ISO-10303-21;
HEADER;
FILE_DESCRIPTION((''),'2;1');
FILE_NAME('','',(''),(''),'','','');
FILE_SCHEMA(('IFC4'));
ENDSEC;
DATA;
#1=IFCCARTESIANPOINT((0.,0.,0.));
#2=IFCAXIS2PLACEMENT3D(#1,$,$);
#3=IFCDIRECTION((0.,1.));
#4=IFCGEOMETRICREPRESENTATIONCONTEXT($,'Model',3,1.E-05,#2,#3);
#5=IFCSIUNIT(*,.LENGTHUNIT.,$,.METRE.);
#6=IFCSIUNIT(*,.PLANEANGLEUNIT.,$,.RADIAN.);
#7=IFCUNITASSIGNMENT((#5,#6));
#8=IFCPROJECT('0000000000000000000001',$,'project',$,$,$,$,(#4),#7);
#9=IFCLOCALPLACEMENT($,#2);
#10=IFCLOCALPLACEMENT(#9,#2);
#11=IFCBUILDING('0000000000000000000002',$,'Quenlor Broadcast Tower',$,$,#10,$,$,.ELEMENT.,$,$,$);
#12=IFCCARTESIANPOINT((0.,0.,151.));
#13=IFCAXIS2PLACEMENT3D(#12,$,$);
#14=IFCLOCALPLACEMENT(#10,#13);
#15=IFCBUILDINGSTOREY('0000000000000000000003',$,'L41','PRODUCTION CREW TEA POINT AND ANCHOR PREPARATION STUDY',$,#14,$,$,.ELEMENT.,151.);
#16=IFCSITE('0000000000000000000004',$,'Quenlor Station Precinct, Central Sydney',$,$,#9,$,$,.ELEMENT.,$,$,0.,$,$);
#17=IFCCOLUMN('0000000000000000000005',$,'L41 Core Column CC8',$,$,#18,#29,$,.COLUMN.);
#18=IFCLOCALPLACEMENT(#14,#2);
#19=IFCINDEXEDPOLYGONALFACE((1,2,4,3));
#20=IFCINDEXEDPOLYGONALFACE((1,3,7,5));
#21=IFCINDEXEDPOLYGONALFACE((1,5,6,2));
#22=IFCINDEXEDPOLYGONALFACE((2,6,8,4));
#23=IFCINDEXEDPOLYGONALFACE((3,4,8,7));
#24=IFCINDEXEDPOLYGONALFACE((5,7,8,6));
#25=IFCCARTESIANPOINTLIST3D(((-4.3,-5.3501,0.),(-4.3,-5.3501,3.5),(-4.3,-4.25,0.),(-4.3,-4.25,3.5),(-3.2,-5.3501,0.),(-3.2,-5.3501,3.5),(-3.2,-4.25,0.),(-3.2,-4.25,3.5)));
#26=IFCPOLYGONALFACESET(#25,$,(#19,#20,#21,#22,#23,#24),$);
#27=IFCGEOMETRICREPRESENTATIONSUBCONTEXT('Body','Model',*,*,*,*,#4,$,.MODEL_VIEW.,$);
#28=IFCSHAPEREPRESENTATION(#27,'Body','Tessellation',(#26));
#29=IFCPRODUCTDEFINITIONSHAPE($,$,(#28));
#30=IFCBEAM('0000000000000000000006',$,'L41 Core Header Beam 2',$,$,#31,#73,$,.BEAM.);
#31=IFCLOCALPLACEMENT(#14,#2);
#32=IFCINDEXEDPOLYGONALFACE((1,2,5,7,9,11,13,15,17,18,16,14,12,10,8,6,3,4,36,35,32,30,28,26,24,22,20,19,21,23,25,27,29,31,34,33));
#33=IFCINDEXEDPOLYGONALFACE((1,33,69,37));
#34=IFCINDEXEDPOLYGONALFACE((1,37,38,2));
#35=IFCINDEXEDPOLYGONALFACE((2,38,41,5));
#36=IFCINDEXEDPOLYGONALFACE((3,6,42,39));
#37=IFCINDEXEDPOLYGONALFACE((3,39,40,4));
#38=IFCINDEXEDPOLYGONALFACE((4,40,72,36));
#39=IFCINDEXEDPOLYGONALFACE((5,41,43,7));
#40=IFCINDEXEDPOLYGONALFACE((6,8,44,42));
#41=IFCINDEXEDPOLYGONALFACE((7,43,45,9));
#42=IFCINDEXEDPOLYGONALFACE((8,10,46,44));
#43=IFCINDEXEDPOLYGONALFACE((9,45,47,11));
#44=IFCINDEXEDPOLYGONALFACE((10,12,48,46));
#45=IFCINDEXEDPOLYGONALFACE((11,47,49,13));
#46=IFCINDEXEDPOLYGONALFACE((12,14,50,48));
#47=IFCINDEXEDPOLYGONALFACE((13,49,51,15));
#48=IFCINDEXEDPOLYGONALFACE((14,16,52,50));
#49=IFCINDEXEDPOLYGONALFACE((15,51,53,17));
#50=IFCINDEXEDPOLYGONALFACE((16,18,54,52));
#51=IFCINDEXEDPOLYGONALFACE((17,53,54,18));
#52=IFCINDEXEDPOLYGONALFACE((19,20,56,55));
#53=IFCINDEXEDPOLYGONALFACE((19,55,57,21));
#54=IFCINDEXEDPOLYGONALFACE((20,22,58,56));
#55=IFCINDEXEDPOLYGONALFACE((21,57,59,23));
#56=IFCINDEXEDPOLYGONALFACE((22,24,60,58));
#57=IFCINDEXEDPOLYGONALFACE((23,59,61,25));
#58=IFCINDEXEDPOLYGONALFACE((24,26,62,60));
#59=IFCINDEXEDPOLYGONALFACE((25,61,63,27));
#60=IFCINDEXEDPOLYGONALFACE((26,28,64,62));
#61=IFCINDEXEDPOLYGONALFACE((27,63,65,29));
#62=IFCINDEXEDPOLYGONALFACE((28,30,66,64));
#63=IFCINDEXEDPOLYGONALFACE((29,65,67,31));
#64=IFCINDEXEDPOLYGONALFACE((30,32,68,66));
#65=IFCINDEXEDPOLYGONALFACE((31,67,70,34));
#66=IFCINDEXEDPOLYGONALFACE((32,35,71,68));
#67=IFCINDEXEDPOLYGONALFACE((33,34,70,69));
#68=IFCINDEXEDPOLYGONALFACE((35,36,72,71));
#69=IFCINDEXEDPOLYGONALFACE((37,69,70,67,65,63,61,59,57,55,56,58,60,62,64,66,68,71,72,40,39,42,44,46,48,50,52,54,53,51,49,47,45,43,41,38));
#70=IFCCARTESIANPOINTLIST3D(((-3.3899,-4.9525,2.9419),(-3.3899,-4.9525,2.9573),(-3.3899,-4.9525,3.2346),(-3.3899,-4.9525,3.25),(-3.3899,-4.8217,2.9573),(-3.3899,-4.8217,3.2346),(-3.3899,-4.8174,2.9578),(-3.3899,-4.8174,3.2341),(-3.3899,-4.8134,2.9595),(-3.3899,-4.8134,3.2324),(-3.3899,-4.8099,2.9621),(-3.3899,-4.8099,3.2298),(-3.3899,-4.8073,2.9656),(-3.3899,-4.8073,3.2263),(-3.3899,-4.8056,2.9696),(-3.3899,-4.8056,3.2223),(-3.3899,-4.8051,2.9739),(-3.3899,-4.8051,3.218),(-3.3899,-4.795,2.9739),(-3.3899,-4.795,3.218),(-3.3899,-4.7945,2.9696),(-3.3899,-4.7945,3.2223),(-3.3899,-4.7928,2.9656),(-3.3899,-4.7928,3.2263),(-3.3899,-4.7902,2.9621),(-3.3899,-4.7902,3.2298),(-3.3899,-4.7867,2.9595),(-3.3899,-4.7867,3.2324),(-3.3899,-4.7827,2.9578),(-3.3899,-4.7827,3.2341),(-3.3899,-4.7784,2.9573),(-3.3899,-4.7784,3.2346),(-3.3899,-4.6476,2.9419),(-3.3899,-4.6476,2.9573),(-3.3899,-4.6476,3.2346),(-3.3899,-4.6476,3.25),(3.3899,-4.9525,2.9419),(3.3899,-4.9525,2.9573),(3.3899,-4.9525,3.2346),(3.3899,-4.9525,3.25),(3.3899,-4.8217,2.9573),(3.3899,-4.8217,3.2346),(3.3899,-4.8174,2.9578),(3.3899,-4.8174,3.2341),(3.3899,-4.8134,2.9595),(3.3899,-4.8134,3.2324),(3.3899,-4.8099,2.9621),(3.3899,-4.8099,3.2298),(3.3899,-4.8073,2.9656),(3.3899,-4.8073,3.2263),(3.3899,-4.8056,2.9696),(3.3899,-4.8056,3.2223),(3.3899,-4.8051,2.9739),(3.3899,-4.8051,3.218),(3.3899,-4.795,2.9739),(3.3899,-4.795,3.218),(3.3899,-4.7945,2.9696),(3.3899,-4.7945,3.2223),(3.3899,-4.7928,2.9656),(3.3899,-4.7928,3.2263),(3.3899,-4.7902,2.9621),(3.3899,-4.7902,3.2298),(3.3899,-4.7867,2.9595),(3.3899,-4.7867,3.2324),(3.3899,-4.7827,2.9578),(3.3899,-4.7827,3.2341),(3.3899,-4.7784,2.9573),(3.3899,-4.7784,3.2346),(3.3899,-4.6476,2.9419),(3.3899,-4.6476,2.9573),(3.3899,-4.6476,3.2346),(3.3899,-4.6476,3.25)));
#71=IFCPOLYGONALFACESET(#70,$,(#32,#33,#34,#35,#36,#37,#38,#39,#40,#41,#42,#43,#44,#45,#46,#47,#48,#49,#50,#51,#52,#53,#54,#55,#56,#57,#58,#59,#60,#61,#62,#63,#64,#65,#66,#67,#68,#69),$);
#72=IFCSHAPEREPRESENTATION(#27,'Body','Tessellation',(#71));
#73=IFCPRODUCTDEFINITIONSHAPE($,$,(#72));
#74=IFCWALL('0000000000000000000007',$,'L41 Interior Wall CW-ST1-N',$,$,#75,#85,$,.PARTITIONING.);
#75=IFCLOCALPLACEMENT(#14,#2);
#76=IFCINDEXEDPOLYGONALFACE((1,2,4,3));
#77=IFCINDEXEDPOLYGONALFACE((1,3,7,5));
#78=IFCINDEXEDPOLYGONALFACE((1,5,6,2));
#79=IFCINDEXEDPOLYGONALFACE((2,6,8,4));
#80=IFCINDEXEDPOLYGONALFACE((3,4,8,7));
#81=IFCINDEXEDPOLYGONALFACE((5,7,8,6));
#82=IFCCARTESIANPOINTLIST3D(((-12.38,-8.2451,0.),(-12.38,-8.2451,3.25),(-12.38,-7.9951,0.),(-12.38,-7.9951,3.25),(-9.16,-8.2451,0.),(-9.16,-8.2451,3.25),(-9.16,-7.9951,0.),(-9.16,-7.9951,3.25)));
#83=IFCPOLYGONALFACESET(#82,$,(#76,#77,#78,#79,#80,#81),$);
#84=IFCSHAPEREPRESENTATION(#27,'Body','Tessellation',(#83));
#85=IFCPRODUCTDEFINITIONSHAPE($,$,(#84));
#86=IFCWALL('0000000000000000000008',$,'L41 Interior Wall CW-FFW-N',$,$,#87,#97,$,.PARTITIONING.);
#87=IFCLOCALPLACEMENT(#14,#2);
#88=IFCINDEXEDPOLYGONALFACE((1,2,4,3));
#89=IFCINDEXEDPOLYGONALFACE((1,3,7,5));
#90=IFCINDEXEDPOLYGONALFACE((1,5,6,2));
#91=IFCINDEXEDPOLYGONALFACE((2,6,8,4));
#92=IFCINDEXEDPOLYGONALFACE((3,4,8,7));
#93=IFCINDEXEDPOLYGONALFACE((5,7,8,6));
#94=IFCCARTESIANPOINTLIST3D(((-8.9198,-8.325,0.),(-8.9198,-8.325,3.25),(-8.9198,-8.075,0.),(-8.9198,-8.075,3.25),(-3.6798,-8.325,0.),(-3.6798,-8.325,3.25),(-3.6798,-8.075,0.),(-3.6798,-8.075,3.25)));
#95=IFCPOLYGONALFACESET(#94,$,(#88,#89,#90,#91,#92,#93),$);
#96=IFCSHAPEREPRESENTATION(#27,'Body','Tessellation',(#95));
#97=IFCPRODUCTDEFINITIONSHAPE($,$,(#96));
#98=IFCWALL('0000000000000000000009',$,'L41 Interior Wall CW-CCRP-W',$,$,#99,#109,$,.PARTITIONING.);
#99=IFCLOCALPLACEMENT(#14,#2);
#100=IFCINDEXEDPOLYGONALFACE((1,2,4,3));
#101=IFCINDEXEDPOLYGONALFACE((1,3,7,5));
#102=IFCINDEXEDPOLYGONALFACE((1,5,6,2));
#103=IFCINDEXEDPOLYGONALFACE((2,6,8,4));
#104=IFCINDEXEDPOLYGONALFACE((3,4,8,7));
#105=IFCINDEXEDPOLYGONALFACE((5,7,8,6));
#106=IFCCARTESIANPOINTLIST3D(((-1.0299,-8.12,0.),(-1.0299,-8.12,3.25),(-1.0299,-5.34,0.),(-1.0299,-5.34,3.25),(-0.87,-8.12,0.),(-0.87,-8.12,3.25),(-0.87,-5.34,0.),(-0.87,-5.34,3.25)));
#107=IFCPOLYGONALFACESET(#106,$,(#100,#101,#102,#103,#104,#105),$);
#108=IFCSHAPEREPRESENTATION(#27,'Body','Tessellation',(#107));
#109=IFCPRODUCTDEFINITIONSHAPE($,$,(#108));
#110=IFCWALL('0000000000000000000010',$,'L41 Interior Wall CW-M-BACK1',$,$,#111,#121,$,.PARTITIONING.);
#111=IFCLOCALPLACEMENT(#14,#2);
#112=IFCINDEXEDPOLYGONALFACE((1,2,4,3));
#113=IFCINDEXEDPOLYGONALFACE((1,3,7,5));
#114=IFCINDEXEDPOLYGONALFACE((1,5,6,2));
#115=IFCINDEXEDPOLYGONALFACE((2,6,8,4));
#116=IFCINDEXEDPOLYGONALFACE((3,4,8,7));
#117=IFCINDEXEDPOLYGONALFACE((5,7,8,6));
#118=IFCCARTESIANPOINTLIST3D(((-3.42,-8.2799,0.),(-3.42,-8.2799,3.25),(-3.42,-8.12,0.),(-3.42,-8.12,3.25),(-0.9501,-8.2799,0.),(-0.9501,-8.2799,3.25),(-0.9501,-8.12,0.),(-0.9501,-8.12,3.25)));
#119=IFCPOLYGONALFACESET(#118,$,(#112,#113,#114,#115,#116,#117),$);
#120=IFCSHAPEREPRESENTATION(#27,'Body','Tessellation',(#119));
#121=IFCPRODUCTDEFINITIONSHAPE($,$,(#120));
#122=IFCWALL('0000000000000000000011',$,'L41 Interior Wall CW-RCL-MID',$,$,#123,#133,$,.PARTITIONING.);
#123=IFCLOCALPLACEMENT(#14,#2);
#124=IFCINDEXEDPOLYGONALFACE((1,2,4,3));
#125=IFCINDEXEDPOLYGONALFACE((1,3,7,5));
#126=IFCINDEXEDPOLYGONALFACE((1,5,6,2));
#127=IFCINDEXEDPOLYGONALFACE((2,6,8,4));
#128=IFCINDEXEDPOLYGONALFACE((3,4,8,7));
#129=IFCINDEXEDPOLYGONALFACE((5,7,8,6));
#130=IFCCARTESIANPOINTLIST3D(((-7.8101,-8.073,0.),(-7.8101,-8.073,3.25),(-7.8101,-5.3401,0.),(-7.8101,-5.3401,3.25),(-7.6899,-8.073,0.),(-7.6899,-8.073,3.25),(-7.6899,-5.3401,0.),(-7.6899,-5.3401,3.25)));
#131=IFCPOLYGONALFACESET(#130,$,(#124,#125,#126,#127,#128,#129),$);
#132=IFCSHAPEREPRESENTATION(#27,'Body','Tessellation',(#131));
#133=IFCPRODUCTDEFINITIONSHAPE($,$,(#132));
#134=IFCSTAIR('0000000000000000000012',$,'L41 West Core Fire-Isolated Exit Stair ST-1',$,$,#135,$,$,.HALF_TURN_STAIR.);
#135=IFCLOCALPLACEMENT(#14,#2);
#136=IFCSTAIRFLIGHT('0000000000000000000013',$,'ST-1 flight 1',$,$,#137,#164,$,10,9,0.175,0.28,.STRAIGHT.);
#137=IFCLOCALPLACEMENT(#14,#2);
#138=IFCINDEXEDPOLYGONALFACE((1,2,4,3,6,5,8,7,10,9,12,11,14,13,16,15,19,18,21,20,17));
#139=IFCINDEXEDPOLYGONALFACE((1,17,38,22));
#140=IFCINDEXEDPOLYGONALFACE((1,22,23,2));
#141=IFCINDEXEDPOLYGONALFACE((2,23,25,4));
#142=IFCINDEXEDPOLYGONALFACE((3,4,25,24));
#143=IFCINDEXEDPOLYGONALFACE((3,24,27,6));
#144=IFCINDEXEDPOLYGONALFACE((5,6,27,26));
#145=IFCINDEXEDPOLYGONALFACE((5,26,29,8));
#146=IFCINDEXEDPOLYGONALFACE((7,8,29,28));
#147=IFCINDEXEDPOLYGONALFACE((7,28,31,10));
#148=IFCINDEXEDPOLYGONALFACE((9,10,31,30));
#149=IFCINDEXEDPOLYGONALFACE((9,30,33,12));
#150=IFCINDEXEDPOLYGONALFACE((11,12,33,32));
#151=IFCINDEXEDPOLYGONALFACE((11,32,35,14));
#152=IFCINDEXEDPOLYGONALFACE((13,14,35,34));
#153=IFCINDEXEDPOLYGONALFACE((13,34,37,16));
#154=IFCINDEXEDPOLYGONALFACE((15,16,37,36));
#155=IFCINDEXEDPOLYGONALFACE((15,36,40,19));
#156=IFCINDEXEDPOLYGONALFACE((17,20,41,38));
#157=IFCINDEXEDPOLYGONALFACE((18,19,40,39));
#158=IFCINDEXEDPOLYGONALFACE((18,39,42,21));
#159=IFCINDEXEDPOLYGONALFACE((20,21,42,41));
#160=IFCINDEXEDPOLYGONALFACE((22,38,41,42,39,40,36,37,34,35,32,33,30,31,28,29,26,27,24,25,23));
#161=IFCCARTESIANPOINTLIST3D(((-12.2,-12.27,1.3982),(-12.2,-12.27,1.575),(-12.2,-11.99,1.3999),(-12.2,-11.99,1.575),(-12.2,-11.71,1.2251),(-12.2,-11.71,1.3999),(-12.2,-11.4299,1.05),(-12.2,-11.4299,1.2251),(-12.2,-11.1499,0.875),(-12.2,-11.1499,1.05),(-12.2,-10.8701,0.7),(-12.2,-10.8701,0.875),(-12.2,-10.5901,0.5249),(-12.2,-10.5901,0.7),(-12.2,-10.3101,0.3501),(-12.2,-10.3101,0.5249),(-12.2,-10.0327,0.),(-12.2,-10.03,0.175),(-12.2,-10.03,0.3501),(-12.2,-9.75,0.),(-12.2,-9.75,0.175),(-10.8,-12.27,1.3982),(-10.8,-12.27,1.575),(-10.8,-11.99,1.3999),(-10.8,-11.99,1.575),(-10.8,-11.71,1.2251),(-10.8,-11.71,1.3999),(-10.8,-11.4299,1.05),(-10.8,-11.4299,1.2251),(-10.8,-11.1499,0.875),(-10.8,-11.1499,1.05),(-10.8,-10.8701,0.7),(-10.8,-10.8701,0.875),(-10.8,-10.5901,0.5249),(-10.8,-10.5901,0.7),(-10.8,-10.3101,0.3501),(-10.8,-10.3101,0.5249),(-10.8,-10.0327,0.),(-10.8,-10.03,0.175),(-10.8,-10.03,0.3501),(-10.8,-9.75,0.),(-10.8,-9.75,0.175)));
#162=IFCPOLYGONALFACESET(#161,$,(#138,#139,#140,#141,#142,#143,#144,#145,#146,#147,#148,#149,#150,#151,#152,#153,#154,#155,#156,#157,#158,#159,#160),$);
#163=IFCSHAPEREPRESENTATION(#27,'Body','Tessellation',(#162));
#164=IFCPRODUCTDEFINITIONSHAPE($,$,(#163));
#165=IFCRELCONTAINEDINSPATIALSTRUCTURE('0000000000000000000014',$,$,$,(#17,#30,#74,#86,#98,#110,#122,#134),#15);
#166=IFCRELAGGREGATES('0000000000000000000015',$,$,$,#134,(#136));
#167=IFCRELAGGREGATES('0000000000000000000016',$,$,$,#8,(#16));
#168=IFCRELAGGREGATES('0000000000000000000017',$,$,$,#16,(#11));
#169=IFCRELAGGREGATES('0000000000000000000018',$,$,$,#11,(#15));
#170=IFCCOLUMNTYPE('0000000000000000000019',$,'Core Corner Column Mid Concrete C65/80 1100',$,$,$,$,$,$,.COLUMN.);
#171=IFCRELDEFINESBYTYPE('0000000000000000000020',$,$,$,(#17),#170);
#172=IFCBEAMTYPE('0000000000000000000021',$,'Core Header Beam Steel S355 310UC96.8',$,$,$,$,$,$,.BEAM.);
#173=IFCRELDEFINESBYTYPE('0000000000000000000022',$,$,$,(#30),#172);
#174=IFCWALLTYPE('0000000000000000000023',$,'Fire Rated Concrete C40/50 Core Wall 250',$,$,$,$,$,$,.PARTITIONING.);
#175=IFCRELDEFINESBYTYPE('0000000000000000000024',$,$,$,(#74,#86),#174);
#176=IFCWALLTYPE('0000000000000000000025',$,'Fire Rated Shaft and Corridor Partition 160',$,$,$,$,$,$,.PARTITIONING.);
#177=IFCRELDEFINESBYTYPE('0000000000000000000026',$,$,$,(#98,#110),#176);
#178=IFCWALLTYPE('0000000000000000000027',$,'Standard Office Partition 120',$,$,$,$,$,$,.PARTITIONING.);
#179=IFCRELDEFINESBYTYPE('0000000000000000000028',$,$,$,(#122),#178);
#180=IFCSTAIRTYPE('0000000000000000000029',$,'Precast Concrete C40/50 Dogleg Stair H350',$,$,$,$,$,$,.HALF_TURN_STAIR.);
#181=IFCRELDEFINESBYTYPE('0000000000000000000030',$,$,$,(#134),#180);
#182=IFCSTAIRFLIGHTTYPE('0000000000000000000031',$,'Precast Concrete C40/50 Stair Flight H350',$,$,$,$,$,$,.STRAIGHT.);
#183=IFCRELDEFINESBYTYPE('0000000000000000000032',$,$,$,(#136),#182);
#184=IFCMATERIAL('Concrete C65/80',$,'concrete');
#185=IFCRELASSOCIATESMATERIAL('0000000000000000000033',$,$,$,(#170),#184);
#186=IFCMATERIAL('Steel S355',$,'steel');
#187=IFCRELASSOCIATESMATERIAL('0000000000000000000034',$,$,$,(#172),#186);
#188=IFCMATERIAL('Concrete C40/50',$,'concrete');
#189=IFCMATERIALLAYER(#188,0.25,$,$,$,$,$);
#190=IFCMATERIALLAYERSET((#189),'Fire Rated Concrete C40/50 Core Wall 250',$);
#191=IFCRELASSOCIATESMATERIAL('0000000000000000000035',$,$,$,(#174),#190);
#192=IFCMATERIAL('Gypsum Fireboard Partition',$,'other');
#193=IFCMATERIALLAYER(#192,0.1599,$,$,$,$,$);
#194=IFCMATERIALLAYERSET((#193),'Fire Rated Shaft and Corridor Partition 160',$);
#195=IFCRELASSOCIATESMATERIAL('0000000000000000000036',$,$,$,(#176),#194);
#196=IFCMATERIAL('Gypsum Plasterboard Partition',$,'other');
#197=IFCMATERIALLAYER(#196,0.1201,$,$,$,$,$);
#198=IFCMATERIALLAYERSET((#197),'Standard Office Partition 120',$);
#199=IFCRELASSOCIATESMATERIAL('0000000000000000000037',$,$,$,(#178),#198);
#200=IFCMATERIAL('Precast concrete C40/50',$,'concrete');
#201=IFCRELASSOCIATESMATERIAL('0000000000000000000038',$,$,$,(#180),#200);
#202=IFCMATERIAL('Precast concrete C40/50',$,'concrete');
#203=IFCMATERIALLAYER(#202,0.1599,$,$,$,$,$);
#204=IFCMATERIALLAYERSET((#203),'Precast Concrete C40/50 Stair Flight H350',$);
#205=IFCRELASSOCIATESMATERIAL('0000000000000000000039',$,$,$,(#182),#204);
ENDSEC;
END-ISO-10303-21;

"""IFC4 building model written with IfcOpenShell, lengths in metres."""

from ifc_helpers import new_model, si_unit, direction, frame, frame_2d, origin, origin_2d, place, context, subcontext, project, spatial, polyline, rectangle, i_section, outline, extrude, material, layer, layer_set, material_profile, profile_set, type_object, element, aggregate, save


model = new_model("IFC4")

# Units and contexts
model_context = context("Model", 3, precision=1e-05, world=origin(), true_north=direction((0.0, 1.0)))
body_context = subcontext(model_context, "Body", "Model", "MODEL_VIEW")
ifc_project = project(units=[si_unit("LENGTHUNIT", "METRE"), si_unit("PLANEANGLEUNIT", "RADIAN")], contexts=[model_context])

# Site, building, storey
site_placement = place(None, origin())
site = spatial("IfcSite", under=ifc_project, at=site_placement, Name="Quenlor Station Precinct, Central Sydney", CompositionType="ELEMENT", RefElevation=0.0)
building_placement = place(site_placement, origin())
building = spatial("IfcBuilding", under=site, at=building_placement, Name="Quenlor Broadcast Tower", CompositionType="ELEMENT")
storey_placement = place(building_placement, frame((0.0, 0.0, 151.0)))
storey = spatial("IfcBuildingStorey", under=building, at=storey_placement, Name="L41", Description="PRODUCTION CREW TEA POINT AND ANCHOR PREPARATION STUDY", CompositionType="ELEMENT", Elevation=151.0)

# Column
ifc_material_1 = material(Name="Concrete C65/80", Category="concrete")
ifc_material_profile_1 = material_profile(ifc_material_1, rectangle(XDim=1.1001, YDim=1.1001, at=origin_2d()))
ifc_profile_set_1 = profile_set([ifc_material_profile_1], Name="Concrete C65/80 RC1100x1100")
column_type = type_object("IfcColumnType", Name="Core Corner Column Mid Concrete C65/80 1100", PredefinedType="COLUMN", material=ifc_profile_set_1)
column_placement = place(storey_placement, frame((-3.75, -4.8, 0.0), z_axis=(0.0, 0.0, 1.0), x_axis=(1.0, 0.0, 0.0)))
element("IfcColumn", 1, at=column_placement, inside=storey, type_object=column_type, Name="L41 Core Column CC8", PredefinedType="COLUMN", context=body_context, shape_type="SweptSolid", body=[
    extrude(rectangle(XDim=1.1001, YDim=1.1001, at=origin_2d()), origin(), (0.0, 0.0, 1.0), 3.5),
])

# Beam
ifc_material_2 = material(Name="Steel S355", Category="steel")
ifc_material_profile_2 = material_profile(ifc_material_2, i_section(OverallWidth=0.3049, OverallDepth=0.3081, WebThickness=0.01, FlangeThickness=0.0154, FilletRadius=0.0166, at=origin_2d()))
ifc_profile_set_2 = profile_set([ifc_material_profile_2], Name="Steel S355 310UC96.8")
beam_type = type_object("IfcBeamType", Name="Core Header Beam Steel S355 310UC96.8", PredefinedType="BEAM", material=ifc_profile_set_2)
beam_placement = place(storey_placement, frame((-3.3899, -4.8, 3.0959), z_axis=(1.0, 0.0, 0.0), x_axis=(0.0, 1.0, 0.0)))
element("IfcBeam", 2, at=beam_placement, inside=storey, type_object=beam_type, Name="L41 Core Header Beam 2", PredefinedType="BEAM", context=body_context, shape_type="SweptSolid", body=[
    extrude(i_section(OverallWidth=0.3049, OverallDepth=0.3081, WebThickness=0.01, FlangeThickness=0.0154, FilletRadius=0.0166, at=origin_2d()), origin(), (0.0, 0.0, 1.0), 6.7798),
])

# Shared definitions
ifc_material_3 = material(Name="Concrete C40/50", Category="concrete")
ifc_layer_1 = layer(ifc_material_3, 0.25)
ifc_layer_set_1 = layer_set([ifc_layer_1], Name="Fire Rated Concrete C40/50 Core Wall 250")
wall_type_1 = type_object("IfcWallType", Name="Fire Rated Concrete C40/50 Core Wall 250", PredefinedType="PARTITIONING", material=ifc_layer_set_1)

# Walls
wall_1_placement = place(storey_placement, frame((-12.3799, -8.1201, 0.0), z_axis=(0.0, 0.0, 1.0), x_axis=(1.0, 0.0, 0.0)))
element("IfcWall", 3, at=wall_1_placement, inside=storey, type_object=wall_type_1, Name="L41 Interior Wall CW-ST1-N", PredefinedType="PARTITIONING", context=body_context, shape_type="SweptSolid", body=[
    extrude(rectangle(XDim=3.22, YDim=0.25, at=frame_2d((1.6099, 0.0))), origin(), (0.0, 0.0, 1.0), 3.25),
])
wall_2_placement = place(storey_placement, frame((-8.9199, -8.2, 0.0), z_axis=(0.0, 0.0, 1.0), x_axis=(1.0, 0.0, 0.0)))
element("IfcWall", 4, at=wall_2_placement, inside=storey, type_object=wall_type_1, Name="L41 Interior Wall CW-FFW-N", PredefinedType="PARTITIONING", context=body_context, shape_type="SweptSolid", body=[
    extrude(rectangle(XDim=5.24, YDim=0.25, at=frame_2d((2.6201, 0.0))), origin(), (0.0, 0.0, 1.0), 3.25),
])

# Walls
ifc_material_4 = material(Name="Gypsum Fireboard Partition", Category="other")
ifc_layer_2 = layer(ifc_material_4, 0.1599)
ifc_layer_set_2 = layer_set([ifc_layer_2], Name="Fire Rated Shaft and Corridor Partition 160")
wall_type_2 = type_object("IfcWallType", Name="Fire Rated Shaft and Corridor Partition 160", PredefinedType="PARTITIONING", material=ifc_layer_set_2)
wall_3_placement = place(storey_placement, frame((-0.95, -8.1201, 0.0), z_axis=(0.0, 0.0, 1.0), x_axis=(0.0, 1.0, 0.0)))
element("IfcWall", 5, at=wall_3_placement, inside=storey, type_object=wall_type_2, Name="L41 Interior Wall CW-CCRP-W", PredefinedType="PARTITIONING", context=body_context, shape_type="SweptSolid", body=[
    extrude(rectangle(XDim=2.78, YDim=0.1599, at=frame_2d((1.3901, 0.0))), origin(), (0.0, 0.0, 1.0), 3.25),
])
wall_4_placement = place(storey_placement, frame((-3.4199, -8.2, 0.0), z_axis=(0.0, 0.0, 1.0), x_axis=(1.0, 0.0, 0.0)))
element("IfcWall", 6, at=wall_4_placement, inside=storey, type_object=wall_type_2, Name="L41 Interior Wall CW-M-BACK1", PredefinedType="PARTITIONING", context=body_context, shape_type="SweptSolid", body=[
    extrude(rectangle(XDim=2.47, YDim=0.1599, at=frame_2d((1.2349, 0.0))), origin(), (0.0, 0.0, 1.0), 3.25),
])
ifc_material_5 = material(Name="Gypsum Plasterboard Partition", Category="other")
ifc_layer_3 = layer(ifc_material_5, 0.1201)
ifc_layer_set_3 = layer_set([ifc_layer_3], Name="Standard Office Partition 120")
wall_type_3 = type_object("IfcWallType", Name="Standard Office Partition 120", PredefinedType="PARTITIONING", material=ifc_layer_set_3)
wall_5_placement = place(storey_placement, frame((-7.75, -8.073, 0.0), z_axis=(0.0, 0.0, 1.0), x_axis=(0.0, 1.0, 0.0)))
element("IfcWall", 7, at=wall_5_placement, inside=storey, type_object=wall_type_3, Name="L41 Interior Wall CW-RCL-MID", PredefinedType="PARTITIONING", context=body_context, shape_type="SweptSolid", body=[
    extrude(rectangle(XDim=2.7329, YDim=0.1201, at=frame_2d((1.3665, 0.0))), origin(), (0.0, 0.0, 1.0), 3.25),
])

# Stair, stair flight
ifc_material_6 = material(Name="Precast concrete C40/50", Category="concrete")
stair_type = type_object("IfcStairType", Name="Precast Concrete C40/50 Dogleg Stair H350", PredefinedType="HALF_TURN_STAIR", material=ifc_material_6)
stair_placement = place(storey_placement, origin())
stair = element("IfcStair", 8, at=stair_placement, inside=storey, type_object=stair_type, Name="L41 West Core Fire-Isolated Exit Stair ST-1", PredefinedType="HALF_TURN_STAIR")
ifc_material_7 = material(Name="Precast concrete C40/50", Category="concrete")
ifc_layer_4 = layer(ifc_material_7, 0.1599)
ifc_layer_set_4 = layer_set([ifc_layer_4], Name="Precast Concrete C40/50 Stair Flight H350")
stair_flight_type = type_object("IfcStairFlightType", Name="Precast Concrete C40/50 Stair Flight H350", PredefinedType="STRAIGHT", material=ifc_layer_set_4)
stair_flight_placement = place(storey_placement, frame((-11.5, -9.75, 0.0), z_axis=(0.0, 0.0, 1.0), x_axis=(0.0, -1.0, 0.0)))
stair_flight = element("IfcStairFlight", 9, at=stair_flight_placement, type_object=stair_flight_type, Name="ST-1 flight 1", NumberOfRisers=10, NumberOfTreads=9, PredefinedType="STRAIGHT", RiserHeight=0.175, TreadLength=0.28, context=body_context, shape_type="SweptSolid", body=[
    extrude(outline(polyline([(0.0, 0.0), (0.0, 0.175), (0.28, 0.175), (0.28, 0.3501), (0.5601, 0.3501), (0.5601, 0.5249), (0.8401, 0.5249), (0.8401, 0.7), (1.1201, 0.7), (1.1201, 0.875), (1.3999, 0.875), (1.3999, 1.05), (1.6799, 1.05), (1.6799, 1.2251), (1.96, 1.2251), (1.96, 1.3999), (2.24, 1.3999), (2.24, 1.575), (2.52, 1.575), (2.52, 1.75), (2.52, 1.3982), (0.2827, 0.0), (0.0, 0.0)])), frame((0.0, 0.7, 0.0), z_axis=(0.0, -1.0, 0.0), x_axis=(1.0, 0.0, 0.0)), (0.0, 0.0, 1.0), 1.3999),
])
aggregate(stair, [stair_flight])

save(model, "model.ifc")
